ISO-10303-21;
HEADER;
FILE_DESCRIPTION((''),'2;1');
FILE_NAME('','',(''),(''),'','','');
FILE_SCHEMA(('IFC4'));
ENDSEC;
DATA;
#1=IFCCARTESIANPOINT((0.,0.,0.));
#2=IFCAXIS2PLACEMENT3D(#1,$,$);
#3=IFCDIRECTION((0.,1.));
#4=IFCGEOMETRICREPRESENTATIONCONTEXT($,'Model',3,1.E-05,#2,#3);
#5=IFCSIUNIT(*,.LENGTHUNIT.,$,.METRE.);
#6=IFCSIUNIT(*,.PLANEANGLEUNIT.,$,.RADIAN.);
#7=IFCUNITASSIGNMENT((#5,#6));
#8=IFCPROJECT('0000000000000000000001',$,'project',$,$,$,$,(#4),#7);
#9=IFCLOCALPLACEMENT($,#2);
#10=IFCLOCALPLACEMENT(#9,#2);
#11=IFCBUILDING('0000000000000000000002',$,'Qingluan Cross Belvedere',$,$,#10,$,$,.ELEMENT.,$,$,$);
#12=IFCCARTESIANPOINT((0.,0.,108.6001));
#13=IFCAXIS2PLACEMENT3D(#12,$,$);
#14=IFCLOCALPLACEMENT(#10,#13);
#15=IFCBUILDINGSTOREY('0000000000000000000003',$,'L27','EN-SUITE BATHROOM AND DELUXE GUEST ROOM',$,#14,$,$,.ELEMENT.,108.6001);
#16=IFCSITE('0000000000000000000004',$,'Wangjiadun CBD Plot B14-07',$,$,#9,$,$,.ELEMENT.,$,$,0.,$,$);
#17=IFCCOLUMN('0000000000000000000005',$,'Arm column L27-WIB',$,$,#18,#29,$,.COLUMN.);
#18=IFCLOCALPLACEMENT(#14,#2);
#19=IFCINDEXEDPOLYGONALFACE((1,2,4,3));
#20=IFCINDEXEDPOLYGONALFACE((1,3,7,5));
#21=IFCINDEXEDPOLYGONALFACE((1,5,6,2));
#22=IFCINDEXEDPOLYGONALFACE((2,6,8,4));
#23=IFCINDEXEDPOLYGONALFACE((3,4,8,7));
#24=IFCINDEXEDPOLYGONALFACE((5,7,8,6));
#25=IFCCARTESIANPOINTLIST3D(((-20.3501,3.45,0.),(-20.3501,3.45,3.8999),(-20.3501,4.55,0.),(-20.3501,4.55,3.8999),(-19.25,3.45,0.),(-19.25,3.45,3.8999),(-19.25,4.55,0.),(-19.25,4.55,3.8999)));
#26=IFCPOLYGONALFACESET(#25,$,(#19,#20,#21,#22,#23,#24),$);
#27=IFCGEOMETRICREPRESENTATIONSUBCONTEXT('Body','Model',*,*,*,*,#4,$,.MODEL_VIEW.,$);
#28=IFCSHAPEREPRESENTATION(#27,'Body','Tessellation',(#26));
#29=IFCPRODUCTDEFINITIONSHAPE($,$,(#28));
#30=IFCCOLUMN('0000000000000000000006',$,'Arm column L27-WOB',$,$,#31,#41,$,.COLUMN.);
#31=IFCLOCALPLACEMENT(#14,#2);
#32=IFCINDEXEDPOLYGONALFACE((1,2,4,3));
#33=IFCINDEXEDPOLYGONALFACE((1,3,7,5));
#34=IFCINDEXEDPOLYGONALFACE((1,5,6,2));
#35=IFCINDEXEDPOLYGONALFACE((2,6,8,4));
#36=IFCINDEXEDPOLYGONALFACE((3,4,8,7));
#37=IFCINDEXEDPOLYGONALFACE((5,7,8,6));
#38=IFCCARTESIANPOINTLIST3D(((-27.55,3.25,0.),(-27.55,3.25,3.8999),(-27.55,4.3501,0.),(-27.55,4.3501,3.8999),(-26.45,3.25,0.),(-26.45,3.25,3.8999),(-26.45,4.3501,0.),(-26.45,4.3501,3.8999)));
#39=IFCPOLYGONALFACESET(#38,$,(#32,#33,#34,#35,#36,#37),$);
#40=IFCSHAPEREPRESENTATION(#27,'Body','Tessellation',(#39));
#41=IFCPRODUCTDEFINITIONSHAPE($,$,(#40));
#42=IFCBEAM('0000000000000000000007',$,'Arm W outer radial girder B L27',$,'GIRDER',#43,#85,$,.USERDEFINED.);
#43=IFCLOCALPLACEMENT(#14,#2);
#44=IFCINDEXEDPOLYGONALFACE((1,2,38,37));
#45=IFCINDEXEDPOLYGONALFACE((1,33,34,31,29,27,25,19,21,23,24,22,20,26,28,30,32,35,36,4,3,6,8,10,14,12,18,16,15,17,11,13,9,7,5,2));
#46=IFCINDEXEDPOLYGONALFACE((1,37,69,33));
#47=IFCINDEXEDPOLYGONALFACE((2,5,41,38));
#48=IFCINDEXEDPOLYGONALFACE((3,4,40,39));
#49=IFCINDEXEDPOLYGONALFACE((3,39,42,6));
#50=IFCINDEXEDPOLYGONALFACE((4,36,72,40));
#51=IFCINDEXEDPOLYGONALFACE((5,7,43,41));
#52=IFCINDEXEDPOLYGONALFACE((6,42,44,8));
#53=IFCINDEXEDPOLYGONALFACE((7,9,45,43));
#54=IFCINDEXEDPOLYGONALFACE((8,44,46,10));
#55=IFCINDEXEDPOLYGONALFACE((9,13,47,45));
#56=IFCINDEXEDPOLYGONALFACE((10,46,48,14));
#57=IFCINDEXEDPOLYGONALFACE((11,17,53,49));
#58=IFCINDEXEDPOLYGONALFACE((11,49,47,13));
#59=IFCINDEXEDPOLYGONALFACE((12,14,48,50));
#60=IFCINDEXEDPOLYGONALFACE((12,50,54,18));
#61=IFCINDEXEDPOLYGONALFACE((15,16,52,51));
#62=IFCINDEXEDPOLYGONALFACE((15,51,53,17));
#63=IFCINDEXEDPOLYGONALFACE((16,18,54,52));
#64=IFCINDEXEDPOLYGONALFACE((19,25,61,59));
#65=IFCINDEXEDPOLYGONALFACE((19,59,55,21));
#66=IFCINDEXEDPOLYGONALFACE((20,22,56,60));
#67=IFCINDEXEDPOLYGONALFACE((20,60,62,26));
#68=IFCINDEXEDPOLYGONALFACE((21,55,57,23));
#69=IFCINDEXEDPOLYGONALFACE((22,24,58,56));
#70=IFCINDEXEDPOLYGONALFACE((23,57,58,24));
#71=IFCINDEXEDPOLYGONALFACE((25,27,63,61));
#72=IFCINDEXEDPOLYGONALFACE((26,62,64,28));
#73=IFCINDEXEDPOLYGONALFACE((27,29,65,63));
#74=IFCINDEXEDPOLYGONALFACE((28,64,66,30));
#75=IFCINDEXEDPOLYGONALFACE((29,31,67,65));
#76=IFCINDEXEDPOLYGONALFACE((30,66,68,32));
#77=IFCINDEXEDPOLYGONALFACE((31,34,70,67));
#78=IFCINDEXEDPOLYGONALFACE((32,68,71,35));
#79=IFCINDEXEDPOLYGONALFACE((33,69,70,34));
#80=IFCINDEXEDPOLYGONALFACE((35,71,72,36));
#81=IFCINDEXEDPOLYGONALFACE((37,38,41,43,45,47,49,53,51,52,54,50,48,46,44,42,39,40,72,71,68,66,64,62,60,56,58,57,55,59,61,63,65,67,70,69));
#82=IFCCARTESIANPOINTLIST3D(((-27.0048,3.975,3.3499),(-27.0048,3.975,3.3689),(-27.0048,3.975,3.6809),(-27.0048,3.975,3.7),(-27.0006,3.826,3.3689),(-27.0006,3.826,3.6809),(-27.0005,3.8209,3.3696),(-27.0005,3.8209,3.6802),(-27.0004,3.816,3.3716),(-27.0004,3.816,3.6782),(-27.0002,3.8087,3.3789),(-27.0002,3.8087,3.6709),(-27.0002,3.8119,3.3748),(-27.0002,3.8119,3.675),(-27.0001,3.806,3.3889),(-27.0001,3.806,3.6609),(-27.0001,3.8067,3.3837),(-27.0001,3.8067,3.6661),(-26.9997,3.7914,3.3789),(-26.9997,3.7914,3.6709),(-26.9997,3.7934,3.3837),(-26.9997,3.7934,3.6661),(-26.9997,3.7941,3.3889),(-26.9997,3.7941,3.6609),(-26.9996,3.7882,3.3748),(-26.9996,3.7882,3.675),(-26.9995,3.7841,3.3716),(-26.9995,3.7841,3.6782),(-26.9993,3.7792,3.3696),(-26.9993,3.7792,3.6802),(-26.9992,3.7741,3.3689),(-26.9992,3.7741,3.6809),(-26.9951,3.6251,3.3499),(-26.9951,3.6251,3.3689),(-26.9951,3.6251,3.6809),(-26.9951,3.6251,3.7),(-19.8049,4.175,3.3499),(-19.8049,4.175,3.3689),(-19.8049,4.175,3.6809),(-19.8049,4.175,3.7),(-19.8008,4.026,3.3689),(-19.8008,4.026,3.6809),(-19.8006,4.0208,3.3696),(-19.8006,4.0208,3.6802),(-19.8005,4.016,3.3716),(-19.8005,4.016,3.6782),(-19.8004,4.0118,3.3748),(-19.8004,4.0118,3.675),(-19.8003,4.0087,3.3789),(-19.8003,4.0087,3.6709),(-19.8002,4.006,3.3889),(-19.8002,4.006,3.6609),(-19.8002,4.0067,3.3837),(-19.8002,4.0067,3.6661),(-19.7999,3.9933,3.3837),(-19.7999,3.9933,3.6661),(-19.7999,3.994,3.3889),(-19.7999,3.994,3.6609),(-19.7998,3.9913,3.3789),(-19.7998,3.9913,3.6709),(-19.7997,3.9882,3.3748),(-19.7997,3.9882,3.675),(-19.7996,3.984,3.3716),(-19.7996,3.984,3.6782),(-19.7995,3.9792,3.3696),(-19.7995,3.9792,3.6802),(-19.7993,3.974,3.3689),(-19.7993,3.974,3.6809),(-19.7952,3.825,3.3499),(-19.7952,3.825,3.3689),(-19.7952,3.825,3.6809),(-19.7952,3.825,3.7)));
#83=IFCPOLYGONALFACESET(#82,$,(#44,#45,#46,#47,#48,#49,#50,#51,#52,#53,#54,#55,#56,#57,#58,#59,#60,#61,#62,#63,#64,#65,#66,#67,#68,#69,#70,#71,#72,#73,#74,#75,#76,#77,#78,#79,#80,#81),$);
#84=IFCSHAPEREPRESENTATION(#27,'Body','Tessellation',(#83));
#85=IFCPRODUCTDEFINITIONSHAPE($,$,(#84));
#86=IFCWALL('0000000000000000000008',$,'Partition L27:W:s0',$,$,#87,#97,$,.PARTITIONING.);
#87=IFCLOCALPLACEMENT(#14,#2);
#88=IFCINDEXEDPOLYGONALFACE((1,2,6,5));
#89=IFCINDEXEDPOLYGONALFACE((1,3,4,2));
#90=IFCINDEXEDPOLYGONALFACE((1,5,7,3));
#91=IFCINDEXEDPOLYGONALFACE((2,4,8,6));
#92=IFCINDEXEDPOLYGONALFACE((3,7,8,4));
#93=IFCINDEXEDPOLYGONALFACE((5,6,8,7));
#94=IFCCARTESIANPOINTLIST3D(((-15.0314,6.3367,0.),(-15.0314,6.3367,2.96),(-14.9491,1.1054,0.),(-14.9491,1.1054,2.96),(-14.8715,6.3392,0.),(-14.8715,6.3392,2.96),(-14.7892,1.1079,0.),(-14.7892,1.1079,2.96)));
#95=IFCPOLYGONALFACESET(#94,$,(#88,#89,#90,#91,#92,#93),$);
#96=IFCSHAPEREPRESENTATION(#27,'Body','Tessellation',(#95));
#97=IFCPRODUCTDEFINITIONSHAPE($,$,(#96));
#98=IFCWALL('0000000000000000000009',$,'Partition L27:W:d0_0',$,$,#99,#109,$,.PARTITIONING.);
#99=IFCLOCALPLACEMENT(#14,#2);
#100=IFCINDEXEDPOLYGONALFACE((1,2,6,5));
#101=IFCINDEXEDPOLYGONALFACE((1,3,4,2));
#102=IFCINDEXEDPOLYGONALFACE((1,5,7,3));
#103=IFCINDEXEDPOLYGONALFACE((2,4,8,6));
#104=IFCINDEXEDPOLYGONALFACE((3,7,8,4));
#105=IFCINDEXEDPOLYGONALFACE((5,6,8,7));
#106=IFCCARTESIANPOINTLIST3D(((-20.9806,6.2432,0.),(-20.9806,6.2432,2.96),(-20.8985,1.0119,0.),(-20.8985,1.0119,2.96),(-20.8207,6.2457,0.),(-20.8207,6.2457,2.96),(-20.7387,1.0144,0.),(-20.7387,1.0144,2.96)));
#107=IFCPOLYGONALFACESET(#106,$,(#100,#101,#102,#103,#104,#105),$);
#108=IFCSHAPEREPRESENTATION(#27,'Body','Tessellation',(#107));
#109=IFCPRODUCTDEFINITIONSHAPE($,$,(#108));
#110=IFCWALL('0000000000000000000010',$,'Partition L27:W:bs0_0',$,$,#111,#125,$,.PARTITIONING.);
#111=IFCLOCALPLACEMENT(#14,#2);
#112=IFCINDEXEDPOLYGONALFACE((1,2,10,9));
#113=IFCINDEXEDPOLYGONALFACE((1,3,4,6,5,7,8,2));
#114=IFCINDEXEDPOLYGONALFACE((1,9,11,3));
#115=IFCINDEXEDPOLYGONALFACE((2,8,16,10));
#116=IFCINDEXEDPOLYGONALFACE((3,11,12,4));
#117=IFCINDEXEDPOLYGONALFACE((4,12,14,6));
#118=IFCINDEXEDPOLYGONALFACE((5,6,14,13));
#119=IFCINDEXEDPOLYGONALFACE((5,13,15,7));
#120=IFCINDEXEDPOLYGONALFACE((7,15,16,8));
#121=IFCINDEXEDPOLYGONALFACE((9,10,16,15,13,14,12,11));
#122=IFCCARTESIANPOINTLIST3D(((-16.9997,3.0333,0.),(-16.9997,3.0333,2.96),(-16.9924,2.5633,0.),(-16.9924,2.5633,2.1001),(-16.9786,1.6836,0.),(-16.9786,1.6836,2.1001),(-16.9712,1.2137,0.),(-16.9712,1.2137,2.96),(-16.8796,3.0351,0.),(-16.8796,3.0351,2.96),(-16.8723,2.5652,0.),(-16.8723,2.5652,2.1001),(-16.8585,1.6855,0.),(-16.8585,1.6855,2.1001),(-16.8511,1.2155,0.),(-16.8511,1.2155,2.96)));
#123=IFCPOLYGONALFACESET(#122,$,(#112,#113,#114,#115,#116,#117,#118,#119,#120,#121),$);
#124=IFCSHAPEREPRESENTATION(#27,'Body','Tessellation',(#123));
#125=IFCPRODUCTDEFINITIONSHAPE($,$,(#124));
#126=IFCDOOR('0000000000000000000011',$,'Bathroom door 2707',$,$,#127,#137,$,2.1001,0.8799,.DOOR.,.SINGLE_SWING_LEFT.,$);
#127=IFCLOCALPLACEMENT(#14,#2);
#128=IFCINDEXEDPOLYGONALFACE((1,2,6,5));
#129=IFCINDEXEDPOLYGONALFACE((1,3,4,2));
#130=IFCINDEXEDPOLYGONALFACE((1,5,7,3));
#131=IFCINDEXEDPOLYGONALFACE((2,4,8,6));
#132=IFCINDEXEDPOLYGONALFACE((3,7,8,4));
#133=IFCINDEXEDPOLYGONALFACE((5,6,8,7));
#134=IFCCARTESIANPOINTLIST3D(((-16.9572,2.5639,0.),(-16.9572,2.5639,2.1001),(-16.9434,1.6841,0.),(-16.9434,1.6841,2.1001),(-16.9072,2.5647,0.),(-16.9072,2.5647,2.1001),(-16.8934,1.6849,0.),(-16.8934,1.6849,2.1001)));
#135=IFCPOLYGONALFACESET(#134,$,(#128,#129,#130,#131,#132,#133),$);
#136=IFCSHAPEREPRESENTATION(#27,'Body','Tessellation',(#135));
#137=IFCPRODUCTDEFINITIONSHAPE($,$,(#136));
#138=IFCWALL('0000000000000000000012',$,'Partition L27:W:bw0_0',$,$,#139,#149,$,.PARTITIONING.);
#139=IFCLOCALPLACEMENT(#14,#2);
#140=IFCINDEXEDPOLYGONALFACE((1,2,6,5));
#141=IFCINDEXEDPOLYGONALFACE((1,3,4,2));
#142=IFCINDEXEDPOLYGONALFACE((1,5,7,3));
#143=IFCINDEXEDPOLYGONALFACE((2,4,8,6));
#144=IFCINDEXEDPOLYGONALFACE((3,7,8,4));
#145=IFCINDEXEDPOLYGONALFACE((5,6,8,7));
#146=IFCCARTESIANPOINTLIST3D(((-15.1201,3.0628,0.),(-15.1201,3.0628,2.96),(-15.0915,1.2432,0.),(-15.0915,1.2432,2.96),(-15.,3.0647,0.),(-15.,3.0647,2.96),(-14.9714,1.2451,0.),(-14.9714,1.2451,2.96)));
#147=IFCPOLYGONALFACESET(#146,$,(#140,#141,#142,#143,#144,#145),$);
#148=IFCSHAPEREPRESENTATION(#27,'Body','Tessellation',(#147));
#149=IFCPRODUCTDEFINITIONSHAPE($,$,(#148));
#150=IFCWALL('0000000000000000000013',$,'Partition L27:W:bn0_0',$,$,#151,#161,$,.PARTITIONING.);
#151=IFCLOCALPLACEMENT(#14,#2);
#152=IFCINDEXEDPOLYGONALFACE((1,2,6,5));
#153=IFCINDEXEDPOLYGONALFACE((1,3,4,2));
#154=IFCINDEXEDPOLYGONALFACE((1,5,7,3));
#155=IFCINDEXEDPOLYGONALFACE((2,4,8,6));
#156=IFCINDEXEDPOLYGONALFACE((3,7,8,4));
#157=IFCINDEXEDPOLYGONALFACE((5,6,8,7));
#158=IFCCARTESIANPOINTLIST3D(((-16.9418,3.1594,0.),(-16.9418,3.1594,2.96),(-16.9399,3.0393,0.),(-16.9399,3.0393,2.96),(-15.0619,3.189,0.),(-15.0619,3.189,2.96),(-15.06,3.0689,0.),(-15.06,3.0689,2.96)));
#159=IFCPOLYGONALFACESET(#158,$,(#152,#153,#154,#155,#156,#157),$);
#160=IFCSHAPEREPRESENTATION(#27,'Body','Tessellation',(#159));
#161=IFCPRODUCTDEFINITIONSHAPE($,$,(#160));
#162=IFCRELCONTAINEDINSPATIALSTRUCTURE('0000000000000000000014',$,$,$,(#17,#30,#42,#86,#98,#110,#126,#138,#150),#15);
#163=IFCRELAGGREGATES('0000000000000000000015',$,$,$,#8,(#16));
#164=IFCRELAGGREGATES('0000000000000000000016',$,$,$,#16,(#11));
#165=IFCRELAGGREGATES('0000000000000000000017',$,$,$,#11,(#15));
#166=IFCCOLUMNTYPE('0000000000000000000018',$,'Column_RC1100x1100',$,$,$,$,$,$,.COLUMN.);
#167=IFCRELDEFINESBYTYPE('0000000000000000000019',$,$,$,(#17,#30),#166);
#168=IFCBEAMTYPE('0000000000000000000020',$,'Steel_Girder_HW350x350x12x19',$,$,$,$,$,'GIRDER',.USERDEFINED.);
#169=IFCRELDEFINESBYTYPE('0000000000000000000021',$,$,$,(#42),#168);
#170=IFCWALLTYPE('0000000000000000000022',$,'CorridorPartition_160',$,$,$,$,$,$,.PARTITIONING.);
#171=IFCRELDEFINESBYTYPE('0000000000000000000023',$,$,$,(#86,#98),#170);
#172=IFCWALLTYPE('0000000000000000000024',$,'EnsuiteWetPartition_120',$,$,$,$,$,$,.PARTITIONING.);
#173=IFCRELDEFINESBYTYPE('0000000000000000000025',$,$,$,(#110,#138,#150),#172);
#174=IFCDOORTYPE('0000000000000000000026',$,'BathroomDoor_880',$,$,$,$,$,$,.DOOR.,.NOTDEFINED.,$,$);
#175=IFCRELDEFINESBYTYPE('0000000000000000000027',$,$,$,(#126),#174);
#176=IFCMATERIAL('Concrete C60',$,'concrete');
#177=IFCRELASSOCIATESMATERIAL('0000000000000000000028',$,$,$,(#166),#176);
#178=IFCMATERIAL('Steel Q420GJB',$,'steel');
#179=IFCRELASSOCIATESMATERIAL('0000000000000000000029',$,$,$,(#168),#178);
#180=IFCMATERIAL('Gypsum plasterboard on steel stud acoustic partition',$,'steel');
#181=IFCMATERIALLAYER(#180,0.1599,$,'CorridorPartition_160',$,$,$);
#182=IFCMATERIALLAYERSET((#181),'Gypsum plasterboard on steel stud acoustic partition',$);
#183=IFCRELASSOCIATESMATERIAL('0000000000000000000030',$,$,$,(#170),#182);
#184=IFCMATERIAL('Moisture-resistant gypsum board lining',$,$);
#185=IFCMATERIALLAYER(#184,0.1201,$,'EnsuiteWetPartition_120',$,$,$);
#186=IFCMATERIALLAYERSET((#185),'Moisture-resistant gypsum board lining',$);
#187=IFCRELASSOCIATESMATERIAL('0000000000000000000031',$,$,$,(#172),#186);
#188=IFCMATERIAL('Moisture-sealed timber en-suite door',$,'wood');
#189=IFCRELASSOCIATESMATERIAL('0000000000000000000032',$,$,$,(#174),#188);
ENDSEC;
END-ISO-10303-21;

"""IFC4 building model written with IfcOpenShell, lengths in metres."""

from ifc_helpers import new_model, si_unit, direction, frame, frame_2d, origin, origin_2d, place, context, subcontext, project, spatial, rectangle, i_section, extrude, material, layer, layer_set, material_profile, profile_set, type_object, element, fill, save


model = new_model("IFC4")

# Units and contexts
model_context = context("Model", 3, precision=1e-05, world=origin(), true_north=direction((0.0, 1.0)))
body_context = subcontext(model_context, "Body", "Model", "MODEL_VIEW")
ifc_project = project(units=[si_unit("LENGTHUNIT", "METRE"), si_unit("PLANEANGLEUNIT", "RADIAN")], contexts=[model_context])

# Site, building, storey
site_placement = place(None, origin())
site = spatial("IfcSite", under=ifc_project, at=site_placement, Name="Wangjiadun CBD Plot B14-07", CompositionType="ELEMENT", RefElevation=0.0)
building_placement = place(site_placement, origin())
building = spatial("IfcBuilding", under=site, at=building_placement, Name="Qingluan Cross Belvedere", CompositionType="ELEMENT")
storey_placement = place(building_placement, frame((0.0, 0.0, 108.6001)))
storey = spatial("IfcBuildingStorey", under=building, at=storey_placement, Name="L27", Description="EN-SUITE BATHROOM AND DELUXE GUEST ROOM", CompositionType="ELEMENT", Elevation=108.6001)

# Columns
ifc_material_1 = material(Name="Concrete C60", Category="concrete")
ifc_material_profile_1 = material_profile(ifc_material_1, rectangle(XDim=1.1001, YDim=1.1001, at=origin_2d()), Name="RC1100x1100")
ifc_profile_set_1 = profile_set([ifc_material_profile_1], Name="Concrete C60")
column_type = type_object("IfcColumnType", Name="Column_RC1100x1100", PredefinedType="COLUMN", material=ifc_profile_set_1)
for number, where, z_axis, x_axis, name in (
    (1, (-19.8, 4.0, 0.0), (0.0, 0.0, 1.0), (1.0, 0.0, 0.0), "Arm column L27-WIB"),
    (2, (-27.0, 3.8, 0.0), (0.0, 0.0, 1.0), (1.0, 0.0, 0.0), "Arm column L27-WOB"),
):
    element("IfcColumn", number, at=place(storey_placement, frame(where, z_axis=z_axis, x_axis=x_axis)), inside=storey, type_object=column_type, Name=name, PredefinedType="COLUMN", context=body_context, shape_type="SweptSolid", body=[
        extrude(rectangle(XDim=1.1001, YDim=1.1001, at=origin_2d()), origin(), (0.0, 0.0, 1.0), 3.8999),
    ])

# Beam
ifc_material_2 = material(Name="Steel Q420GJB", Category="steel")
ifc_material_profile_2 = material_profile(ifc_material_2, i_section(OverallWidth=0.3501, OverallDepth=0.3501, WebThickness=0.012, FlangeThickness=0.019, FilletRadius=0.02, at=origin_2d()), Name="HW350x350x12x19")
ifc_profile_set_2 = profile_set([ifc_material_profile_2], Name="Steel Q420GJB")
beam_type = type_object("IfcBeamType", Name="Steel_Girder_HW350x350x12x19", ElementType="GIRDER", PredefinedType="USERDEFINED", material=ifc_profile_set_2)
beam_placement = place(storey_placement, frame((-19.8, 4.0, 3.5249), z_axis=(-0.999615, -0.02776, 0.0), x_axis=(0.02776, -0.999615, 0.0)))
element("IfcBeam", 3, at=beam_placement, inside=storey, type_object=beam_type, Name="Arm W outer radial girder B L27", ObjectType="GIRDER", PredefinedType="USERDEFINED", context=body_context, shape_type="SweptSolid", body=[
    extrude(i_section(OverallWidth=0.3501, OverallDepth=0.3501, WebThickness=0.012, FlangeThickness=0.019, FilletRadius=0.02, at=origin_2d()), origin(), (0.0, 0.0, 1.0), 7.2026),
])

# Shared definitions
ifc_material_3 = material(Name="Gypsum plasterboard on steel stud acoustic partition", Category="steel")
ifc_layer_1 = layer(ifc_material_3, 0.1599, Name="CorridorPartition_160")
ifc_layer_set_1 = layer_set([ifc_layer_1], Name="Gypsum plasterboard on steel stud acoustic partition")
wall_type_1 = type_object("IfcWallType", Name="CorridorPartition_160", PredefinedType="PARTITIONING", material=ifc_layer_set_1)

# Walls
for number, where, z_axis, x_axis, name in (
    (4, (-14.8691, 1.1067, 0.0), (0.0, 0.0, 1.0), (-0.015726, 0.999876, 0.0), "Partition L27:W:s0"),
    (5, (-20.8186, 1.0132, 0.0), (0.0, 0.0, 1.0), (-0.015679, 0.999877, 0.0), "Partition L27:W:d0_0"),
):
    element("IfcWall", number, at=place(storey_placement, frame(where, z_axis=z_axis, x_axis=x_axis)), inside=storey, type_object=wall_type_1, Name=name, PredefinedType="PARTITIONING", context=body_context, shape_type="SweptSolid", body=[
        extrude(rectangle(XDim=5.2319, YDim=0.1599, at=frame_2d((2.616, 0.0))), origin(), (0.0, 0.0, 1.0), 2.96),
    ])

# Wall, opening, door
ifc_material_4 = material(Name="Moisture-resistant gypsum board lining")
ifc_layer_2 = layer(ifc_material_4, 0.1201, Name="EnsuiteWetPartition_120")
ifc_layer_set_2 = layer_set([ifc_layer_2], Name="Moisture-resistant gypsum board lining")
wall_type_2 = type_object("IfcWallType", Name="EnsuiteWetPartition_120", PredefinedType="PARTITIONING", material=ifc_layer_set_2)
wall_1_placement = place(storey_placement, frame((-16.9111, 1.2146, 0.0), z_axis=(0.0, 0.0, 1.0), x_axis=(-0.015696, 0.999877, 0.0)))
wall_1 = element("IfcWall", 6, at=wall_1_placement, inside=storey, type_object=wall_type_2, Name="Partition L27:W:bs0_0", PredefinedType="PARTITIONING", context=body_context, shape_type="SweptSolid", body=[
    extrude(rectangle(XDim=1.8198, YDim=0.1201, at=frame_2d((0.9099, 0.0))), origin(), (0.0, 0.0, 1.0), 2.96),
])
opening_1_placement = place(wall_1_placement, frame((0.47, 0.0, 0.0)))
opening_1 = element("IfcOpeningElement", 7, at=opening_1_placement, cuts=wall_1, PredefinedType="OPENING", context=body_context, shape_type="SweptSolid", body=[
    extrude(rectangle(XDim=0.8799, YDim=2.1001, at=frame_2d((0.4399, 1.05))), frame((0.0, 0.0701, 0.0), z_axis=(0.0, -1.0, 0.0), x_axis=(1.0, 0.0, 0.0)), (0.0, 0.0, 1.0), 0.1401),
])
ifc_material_5 = material(Name="Moisture-sealed timber en-suite door", Category="wood")
door_type_1 = type_object("IfcDoorType", Name="BathroomDoor_880", OperationType="NOTDEFINED", PredefinedType="DOOR", material=ifc_material_5)
door_1_placement = place(opening_1_placement, origin())
door_1 = element("IfcDoor", 8, at=door_1_placement, inside=storey, type_object=door_type_1, Name="Bathroom door 2707", OperationType="SINGLE_SWING_LEFT", OverallHeight=2.1001, OverallWidth=0.8799, PredefinedType="DOOR", context=body_context, shape_type="SweptSolid", body=[
    extrude(rectangle(XDim=0.8799, YDim=2.1001, at=frame_2d((0.4399, 1.05))), frame((0.0, 0.0249, 0.0), z_axis=(0.0, -1.0, 0.0), x_axis=(1.0, 0.0, 0.0)), (0.0, 0.0, 1.0), 0.05),
])
fill(opening_1, door_1)

# Walls
wall_2_placement = place(storey_placement, frame((-15.0315, 1.2441, 0.0), z_axis=(0.0, 0.0, 1.0), x_axis=(-0.015696, 0.999877, 0.0)))
element("IfcWall", 9, at=wall_2_placement, inside=storey, type_object=wall_type_2, Name="Partition L27:W:bw0_0", PredefinedType="PARTITIONING", context=body_context, shape_type="SweptSolid", body=[
    extrude(rectangle(XDim=1.8198, YDim=0.1201, at=frame_2d((0.9099, 0.0))), origin(), (0.0, 0.0, 1.0), 2.96),
])
wall_3_placement = place(storey_placement, frame((-15.061, 3.1289, 0.0), z_axis=(0.0, 0.0, 1.0), x_axis=(-0.999877, -0.015712, 0.0)))
element("IfcWall", 10, at=wall_3_placement, inside=storey, type_object=wall_type_2, Name="Partition L27:W:bn0_0", PredefinedType="PARTITIONING", context=body_context, shape_type="SweptSolid", body=[
    extrude(rectangle(XDim=1.8801, YDim=0.1201, at=frame_2d((0.9399, 0.0))), origin(), (0.0, 0.0, 1.0), 2.96),
])

save(model, "model.ifc")
